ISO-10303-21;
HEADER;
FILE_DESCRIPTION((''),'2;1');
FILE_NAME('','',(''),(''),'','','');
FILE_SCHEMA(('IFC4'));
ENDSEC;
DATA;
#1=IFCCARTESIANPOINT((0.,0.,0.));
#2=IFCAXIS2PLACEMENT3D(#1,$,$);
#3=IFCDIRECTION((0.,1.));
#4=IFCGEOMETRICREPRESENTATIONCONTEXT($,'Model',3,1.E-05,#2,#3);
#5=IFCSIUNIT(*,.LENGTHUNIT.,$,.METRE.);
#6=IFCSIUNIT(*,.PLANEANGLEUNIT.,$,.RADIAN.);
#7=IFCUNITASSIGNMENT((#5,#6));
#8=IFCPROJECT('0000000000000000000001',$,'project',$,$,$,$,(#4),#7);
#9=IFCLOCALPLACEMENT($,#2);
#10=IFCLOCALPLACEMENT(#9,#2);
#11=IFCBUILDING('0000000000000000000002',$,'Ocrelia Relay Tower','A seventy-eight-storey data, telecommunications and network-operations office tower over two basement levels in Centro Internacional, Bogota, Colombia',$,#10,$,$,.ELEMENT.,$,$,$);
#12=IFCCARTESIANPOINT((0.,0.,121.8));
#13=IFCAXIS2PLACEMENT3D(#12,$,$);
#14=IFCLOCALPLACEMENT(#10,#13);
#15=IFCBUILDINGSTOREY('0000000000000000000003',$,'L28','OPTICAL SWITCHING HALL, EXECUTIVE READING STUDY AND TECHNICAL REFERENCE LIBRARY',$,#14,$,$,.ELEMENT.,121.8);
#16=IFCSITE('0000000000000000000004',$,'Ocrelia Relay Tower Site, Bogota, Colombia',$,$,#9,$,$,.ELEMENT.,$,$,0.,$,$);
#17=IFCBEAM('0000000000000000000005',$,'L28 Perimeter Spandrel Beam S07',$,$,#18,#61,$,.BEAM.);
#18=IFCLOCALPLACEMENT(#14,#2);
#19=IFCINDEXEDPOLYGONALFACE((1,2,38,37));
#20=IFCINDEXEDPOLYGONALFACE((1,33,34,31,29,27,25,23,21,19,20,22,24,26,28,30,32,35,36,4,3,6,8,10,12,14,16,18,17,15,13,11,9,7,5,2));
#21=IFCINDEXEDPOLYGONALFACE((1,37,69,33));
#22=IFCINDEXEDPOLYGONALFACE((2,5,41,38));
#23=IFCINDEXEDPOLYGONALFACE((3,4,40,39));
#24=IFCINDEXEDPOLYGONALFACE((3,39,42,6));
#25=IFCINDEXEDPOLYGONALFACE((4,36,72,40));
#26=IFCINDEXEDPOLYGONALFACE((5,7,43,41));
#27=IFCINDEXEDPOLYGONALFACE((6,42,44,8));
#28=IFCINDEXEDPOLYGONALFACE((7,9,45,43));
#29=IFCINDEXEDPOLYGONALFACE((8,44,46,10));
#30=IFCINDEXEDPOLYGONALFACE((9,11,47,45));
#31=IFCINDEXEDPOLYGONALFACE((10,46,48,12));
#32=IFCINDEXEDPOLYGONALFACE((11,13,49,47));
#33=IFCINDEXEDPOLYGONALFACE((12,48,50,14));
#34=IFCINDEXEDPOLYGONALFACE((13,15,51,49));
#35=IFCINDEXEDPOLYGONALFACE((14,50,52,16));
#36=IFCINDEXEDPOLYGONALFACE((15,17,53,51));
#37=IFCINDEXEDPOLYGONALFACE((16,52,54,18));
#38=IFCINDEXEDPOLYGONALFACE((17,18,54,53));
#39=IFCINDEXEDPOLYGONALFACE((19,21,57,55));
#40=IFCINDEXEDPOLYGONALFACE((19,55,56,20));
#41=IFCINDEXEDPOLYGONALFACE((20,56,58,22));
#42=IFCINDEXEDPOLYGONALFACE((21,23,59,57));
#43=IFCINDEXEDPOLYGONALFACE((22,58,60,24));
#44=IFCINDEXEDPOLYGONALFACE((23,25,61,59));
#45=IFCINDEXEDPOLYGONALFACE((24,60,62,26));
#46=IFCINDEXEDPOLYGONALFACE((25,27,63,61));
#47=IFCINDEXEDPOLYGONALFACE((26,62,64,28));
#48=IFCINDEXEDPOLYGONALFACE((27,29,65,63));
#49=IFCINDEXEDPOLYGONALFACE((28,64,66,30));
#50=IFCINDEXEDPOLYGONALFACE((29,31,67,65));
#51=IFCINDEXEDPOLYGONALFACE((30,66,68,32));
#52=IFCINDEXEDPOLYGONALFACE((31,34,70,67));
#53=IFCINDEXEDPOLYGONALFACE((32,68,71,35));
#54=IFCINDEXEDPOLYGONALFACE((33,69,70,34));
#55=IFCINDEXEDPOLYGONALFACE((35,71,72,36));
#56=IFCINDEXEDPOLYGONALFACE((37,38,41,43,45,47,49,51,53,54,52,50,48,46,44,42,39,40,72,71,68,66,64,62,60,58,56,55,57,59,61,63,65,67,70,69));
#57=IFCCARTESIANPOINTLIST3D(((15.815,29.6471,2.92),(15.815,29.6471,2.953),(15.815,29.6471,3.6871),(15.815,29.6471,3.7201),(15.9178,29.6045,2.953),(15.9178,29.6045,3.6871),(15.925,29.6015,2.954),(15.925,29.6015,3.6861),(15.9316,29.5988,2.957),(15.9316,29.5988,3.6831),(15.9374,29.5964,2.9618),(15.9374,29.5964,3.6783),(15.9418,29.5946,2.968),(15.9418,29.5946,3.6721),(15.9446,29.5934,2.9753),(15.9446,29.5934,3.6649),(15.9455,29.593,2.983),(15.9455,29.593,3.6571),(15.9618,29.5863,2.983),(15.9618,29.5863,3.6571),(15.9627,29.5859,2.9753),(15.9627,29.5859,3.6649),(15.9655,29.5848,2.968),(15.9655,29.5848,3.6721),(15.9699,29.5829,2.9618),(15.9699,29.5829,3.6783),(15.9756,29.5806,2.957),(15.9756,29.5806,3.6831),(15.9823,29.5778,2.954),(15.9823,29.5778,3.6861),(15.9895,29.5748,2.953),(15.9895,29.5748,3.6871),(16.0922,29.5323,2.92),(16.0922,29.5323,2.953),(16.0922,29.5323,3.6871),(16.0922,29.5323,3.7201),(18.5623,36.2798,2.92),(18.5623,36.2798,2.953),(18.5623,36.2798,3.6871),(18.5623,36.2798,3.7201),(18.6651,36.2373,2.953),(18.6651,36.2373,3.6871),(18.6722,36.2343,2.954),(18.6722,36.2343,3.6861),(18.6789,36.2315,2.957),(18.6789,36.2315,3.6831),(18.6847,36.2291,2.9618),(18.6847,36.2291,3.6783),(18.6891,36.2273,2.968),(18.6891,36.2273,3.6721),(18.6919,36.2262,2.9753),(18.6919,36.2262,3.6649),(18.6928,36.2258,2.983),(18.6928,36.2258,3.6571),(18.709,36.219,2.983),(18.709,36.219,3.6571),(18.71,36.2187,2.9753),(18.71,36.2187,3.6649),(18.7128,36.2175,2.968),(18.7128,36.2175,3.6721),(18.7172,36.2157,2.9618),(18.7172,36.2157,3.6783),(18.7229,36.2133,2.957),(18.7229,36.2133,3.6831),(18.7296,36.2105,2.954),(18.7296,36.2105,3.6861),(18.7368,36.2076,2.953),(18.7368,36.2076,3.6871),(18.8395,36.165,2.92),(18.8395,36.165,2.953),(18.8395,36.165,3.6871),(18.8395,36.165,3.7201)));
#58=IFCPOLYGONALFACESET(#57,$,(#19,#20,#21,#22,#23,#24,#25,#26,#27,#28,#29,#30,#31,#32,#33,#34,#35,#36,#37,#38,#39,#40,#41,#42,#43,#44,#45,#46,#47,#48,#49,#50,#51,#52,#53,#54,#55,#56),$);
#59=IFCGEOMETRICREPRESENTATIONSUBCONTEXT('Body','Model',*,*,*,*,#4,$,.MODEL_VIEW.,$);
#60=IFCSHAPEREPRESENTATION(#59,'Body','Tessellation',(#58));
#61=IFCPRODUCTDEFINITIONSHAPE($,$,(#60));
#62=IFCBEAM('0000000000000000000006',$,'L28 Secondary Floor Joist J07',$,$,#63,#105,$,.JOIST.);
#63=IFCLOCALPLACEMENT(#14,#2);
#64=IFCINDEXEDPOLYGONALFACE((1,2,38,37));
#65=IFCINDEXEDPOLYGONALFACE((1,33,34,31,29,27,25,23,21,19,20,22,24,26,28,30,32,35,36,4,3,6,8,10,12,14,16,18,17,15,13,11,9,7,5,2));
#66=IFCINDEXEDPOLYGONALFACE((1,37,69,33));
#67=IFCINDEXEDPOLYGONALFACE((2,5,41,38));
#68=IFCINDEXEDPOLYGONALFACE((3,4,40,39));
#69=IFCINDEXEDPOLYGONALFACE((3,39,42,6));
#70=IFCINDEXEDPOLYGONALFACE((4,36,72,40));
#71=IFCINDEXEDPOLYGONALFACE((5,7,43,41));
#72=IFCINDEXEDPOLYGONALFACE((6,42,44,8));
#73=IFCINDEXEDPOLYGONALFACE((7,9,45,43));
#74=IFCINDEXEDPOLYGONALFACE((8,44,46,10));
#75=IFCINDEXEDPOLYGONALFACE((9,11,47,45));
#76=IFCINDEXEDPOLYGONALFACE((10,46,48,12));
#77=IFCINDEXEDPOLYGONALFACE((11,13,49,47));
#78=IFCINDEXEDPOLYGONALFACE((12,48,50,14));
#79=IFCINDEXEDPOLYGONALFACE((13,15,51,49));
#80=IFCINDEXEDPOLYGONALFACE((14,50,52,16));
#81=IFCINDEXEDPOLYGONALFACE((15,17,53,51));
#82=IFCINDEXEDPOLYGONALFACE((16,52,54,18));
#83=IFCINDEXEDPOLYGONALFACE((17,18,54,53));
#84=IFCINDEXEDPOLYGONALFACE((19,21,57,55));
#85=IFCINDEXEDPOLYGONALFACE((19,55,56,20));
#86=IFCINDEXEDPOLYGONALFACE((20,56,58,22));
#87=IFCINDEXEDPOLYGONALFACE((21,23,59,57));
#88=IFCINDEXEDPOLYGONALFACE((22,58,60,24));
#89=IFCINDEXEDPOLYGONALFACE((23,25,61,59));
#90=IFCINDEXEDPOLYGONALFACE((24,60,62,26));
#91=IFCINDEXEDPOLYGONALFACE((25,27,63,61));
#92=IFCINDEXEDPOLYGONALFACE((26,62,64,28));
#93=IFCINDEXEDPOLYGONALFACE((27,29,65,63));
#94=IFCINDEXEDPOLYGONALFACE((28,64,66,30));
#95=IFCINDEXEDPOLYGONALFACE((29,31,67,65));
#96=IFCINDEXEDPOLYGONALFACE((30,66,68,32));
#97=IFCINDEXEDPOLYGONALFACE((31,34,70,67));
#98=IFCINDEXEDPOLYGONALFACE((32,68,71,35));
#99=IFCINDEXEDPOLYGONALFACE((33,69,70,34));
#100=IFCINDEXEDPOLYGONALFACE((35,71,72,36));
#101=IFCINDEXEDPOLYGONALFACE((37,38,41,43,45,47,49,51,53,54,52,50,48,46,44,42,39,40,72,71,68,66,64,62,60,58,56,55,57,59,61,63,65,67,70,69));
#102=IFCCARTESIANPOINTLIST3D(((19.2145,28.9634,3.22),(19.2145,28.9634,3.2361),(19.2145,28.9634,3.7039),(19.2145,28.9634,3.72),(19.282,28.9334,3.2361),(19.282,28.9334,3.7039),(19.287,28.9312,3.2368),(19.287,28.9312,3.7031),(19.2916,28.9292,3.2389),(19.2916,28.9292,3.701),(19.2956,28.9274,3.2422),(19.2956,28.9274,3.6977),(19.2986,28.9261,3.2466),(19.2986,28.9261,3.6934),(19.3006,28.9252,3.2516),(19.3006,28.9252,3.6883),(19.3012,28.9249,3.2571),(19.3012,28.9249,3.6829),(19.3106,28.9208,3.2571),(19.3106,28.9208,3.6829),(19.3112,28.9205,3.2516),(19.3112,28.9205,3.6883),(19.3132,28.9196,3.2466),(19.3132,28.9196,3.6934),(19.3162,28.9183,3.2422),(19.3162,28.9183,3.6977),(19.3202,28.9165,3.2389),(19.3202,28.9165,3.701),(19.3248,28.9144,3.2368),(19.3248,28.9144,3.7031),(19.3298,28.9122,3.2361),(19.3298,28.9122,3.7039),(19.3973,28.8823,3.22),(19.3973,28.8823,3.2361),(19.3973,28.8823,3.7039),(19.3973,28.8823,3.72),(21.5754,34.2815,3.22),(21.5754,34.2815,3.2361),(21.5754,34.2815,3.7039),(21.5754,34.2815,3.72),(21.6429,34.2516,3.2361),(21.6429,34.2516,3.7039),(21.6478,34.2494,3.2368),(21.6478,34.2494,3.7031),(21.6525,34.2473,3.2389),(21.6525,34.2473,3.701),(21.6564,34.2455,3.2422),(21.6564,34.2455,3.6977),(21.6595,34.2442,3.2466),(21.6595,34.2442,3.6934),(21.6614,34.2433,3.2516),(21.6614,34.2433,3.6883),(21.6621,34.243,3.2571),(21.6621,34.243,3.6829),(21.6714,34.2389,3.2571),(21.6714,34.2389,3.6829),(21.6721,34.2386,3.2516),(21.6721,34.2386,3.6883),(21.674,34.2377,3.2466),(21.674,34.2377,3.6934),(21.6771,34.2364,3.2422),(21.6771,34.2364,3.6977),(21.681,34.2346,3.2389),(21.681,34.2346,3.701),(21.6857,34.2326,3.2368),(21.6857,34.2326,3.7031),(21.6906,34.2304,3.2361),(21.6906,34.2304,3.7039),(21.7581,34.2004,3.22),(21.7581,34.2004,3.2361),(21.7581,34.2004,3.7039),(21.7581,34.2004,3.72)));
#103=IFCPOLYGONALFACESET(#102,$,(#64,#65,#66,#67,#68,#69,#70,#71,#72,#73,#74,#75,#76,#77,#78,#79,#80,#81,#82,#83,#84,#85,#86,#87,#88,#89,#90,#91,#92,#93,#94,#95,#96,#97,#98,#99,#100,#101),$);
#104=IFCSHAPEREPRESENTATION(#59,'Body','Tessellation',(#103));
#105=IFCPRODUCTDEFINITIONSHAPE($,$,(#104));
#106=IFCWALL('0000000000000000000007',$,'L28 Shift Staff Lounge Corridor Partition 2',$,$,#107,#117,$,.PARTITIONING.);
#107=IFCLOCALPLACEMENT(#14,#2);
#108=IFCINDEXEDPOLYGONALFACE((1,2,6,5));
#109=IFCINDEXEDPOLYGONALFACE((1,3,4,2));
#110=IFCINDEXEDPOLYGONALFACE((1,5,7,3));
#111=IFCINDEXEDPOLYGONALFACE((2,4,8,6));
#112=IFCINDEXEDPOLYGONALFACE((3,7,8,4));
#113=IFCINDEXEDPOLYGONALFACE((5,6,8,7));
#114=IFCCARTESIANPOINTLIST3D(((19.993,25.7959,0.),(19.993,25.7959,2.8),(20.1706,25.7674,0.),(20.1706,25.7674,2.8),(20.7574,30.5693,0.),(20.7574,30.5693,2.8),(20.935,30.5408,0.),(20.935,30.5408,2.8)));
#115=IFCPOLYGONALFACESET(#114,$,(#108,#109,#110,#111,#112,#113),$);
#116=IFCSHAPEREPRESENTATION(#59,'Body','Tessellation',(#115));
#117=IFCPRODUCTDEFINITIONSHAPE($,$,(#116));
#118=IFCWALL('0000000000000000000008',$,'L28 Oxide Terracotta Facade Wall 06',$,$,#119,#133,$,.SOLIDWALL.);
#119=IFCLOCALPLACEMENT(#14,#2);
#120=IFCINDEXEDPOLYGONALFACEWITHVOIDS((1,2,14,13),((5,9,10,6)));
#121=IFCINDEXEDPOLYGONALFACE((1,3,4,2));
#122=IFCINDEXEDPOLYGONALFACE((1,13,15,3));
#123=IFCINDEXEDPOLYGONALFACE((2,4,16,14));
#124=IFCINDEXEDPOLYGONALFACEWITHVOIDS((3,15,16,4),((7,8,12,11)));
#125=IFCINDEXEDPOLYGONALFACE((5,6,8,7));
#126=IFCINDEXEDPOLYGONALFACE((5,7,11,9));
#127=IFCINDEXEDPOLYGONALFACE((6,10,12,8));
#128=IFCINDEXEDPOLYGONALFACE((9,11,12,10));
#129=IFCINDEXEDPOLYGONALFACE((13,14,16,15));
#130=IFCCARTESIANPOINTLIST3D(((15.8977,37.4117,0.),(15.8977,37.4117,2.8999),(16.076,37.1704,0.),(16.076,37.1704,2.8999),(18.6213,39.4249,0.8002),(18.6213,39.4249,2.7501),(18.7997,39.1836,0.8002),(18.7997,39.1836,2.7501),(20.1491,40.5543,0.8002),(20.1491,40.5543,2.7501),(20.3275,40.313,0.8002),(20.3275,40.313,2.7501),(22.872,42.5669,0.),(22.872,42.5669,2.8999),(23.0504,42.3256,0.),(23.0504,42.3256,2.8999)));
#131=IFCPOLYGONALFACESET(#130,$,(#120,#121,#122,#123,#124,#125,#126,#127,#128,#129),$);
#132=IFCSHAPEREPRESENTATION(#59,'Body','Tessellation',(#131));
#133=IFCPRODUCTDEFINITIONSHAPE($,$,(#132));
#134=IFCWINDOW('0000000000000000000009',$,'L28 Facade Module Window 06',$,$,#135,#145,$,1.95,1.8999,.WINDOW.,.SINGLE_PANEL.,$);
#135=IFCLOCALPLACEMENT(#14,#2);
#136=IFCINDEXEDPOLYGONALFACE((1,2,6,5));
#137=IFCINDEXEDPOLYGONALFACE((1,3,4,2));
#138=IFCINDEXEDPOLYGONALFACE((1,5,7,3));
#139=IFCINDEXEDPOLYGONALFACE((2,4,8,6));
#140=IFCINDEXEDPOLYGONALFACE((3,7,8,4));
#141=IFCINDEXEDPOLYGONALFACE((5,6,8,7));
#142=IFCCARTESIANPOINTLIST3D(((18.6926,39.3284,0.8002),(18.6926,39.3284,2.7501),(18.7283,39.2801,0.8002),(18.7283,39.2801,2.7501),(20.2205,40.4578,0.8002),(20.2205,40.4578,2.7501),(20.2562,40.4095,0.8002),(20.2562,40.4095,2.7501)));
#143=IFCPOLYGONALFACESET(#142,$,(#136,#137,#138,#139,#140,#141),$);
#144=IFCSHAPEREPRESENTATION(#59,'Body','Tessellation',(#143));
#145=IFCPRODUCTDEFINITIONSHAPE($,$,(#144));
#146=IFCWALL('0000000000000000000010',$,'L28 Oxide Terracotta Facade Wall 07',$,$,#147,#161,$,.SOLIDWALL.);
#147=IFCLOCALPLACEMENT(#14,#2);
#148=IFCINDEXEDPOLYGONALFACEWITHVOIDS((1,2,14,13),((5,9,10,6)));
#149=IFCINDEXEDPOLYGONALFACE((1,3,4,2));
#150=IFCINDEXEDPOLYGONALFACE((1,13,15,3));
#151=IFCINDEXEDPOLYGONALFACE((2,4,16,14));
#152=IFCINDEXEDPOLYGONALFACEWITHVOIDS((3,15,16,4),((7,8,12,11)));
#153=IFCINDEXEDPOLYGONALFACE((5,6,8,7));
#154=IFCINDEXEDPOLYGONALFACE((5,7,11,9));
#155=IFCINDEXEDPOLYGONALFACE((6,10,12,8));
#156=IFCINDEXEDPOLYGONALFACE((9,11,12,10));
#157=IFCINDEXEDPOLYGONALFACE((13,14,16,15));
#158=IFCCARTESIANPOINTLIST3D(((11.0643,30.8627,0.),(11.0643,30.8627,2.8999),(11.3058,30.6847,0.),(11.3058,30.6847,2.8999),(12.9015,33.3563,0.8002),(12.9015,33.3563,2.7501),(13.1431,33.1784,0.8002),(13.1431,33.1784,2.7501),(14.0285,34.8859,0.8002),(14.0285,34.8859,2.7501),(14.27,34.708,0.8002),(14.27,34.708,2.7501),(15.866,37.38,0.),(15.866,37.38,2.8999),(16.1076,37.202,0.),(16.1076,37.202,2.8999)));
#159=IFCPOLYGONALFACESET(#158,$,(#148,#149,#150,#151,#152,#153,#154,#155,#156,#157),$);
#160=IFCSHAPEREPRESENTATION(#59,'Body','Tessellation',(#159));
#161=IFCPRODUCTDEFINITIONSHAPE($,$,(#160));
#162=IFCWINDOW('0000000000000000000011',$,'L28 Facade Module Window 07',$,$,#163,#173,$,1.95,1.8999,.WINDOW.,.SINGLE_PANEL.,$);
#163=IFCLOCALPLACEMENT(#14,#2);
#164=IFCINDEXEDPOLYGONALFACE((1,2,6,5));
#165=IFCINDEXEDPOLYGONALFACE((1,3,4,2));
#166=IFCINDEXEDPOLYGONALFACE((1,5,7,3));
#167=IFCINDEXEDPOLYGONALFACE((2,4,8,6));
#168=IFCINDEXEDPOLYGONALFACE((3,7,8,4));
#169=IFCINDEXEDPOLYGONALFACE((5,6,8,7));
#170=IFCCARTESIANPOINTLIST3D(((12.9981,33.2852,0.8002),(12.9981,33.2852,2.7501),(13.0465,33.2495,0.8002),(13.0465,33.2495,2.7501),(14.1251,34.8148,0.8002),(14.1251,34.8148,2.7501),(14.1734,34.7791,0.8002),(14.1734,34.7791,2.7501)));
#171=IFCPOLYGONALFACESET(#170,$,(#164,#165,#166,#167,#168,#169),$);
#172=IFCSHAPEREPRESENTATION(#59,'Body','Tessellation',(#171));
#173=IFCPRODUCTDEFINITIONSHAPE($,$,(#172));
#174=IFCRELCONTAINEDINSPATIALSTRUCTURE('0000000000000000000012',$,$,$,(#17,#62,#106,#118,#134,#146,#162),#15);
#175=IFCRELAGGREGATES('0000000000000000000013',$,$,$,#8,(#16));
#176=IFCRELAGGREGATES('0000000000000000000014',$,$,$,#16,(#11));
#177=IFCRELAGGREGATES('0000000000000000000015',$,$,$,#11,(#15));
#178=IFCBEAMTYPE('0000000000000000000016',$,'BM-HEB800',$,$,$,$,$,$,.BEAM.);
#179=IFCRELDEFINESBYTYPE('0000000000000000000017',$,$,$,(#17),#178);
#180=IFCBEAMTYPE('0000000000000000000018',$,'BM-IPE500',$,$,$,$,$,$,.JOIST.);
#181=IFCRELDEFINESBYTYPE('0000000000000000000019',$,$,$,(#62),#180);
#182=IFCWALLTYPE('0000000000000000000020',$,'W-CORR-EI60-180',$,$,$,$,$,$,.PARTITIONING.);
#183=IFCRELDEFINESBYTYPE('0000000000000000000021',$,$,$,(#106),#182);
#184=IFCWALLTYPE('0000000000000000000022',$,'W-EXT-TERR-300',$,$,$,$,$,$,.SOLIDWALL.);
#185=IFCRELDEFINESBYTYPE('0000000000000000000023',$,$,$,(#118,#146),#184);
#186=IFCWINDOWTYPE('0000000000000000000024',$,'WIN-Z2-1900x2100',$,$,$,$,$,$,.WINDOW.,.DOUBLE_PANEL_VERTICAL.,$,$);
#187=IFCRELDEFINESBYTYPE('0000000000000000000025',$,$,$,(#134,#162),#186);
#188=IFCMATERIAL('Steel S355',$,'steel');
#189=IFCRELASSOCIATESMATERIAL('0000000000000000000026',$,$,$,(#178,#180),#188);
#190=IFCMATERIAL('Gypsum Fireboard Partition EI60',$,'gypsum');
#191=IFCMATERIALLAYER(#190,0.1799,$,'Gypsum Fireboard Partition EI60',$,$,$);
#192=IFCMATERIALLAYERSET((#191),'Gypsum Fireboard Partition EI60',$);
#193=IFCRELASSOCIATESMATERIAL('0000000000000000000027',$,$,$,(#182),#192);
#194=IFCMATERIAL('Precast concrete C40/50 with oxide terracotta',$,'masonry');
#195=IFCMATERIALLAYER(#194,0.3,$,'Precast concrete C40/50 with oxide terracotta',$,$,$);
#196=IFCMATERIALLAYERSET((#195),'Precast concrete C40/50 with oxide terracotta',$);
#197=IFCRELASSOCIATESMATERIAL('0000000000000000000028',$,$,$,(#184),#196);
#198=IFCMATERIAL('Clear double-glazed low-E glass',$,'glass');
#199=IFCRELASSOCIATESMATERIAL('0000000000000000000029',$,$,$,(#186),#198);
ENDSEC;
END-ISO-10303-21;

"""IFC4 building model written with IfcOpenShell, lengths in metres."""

from ifc_helpers import new_model, si_unit, direction, frame, frame_2d, origin, origin_2d, place, context, subcontext, project, spatial, rectangle, i_section, extrude, material, layer, layer_set, material_profile, profile_set, type_object, element, fill, save


model = new_model("IFC4")

# Units and contexts
model_context = context("Model", 3, precision=1e-05, world=origin(), true_north=direction((0.0, 1.0)))
body_context = subcontext(model_context, "Body", "Model", "MODEL_VIEW")
ifc_project = project(units=[si_unit("LENGTHUNIT", "METRE"), si_unit("PLANEANGLEUNIT", "RADIAN")], contexts=[model_context])

# Site, building, storey
site_placement = place(None, origin())
site = spatial("IfcSite", under=ifc_project, at=site_placement, Name="Ocrelia Relay Tower Site, Bogota, Colombia", CompositionType="ELEMENT", RefElevation=0.0)
building_placement = place(site_placement, origin())
building = spatial("IfcBuilding", under=site, at=building_placement, Name="Ocrelia Relay Tower", Description="A seventy-eight-storey data, telecommunications and network-operations office tower over two basement levels in Centro Internacional, Bogota, Colombia", CompositionType="ELEMENT")
storey_placement = place(building_placement, frame((0.0, 0.0, 121.8)))
storey = spatial("IfcBuildingStorey", under=building, at=storey_placement, Name="L28", Description="OPTICAL SWITCHING HALL, EXECUTIVE READING STUDY AND TECHNICAL REFERENCE LIBRARY", CompositionType="ELEMENT", Elevation=121.8)

# Beams
ifc_material_1 = material(Name="Steel S355", Category="steel")
ifc_material_profile_1 = material_profile(ifc_material_1, i_section(OverallWidth=0.3, OverallDepth=0.8, WebThickness=0.0176, FlangeThickness=0.033, FilletRadius=0.03, at=origin_2d()), Name="HEB 800")
ifc_profile_set_1 = profile_set([ifc_material_profile_1], Name="Steel S355")
beam_type_1 = type_object("IfcBeamType", Name="BM-HEB800", PredefinedType="BEAM", material=ifc_profile_set_1)
beam_1_placement = place(storey_placement, frame((18.7009, 36.2224, 3.3201), z_axis=(-0.382673, -0.923884, 0.0), x_axis=(0.923884, -0.382673, 0.0)))
element("IfcBeam", 1, at=beam_1_placement, inside=storey, type_object=beam_type_1, Name="L28 Perimeter Spandrel Beam S07", PredefinedType="BEAM", context=body_context, shape_type="SweptSolid", body=[
    extrude(i_section(OverallWidth=0.3, OverallDepth=0.8, WebThickness=0.0176, FlangeThickness=0.033, FilletRadius=0.03, at=origin_2d()), origin(), (0.0, 0.0, 1.0), 7.1792),
])
ifc_material_profile_2 = material_profile(ifc_material_1, i_section(OverallWidth=0.2, OverallDepth=0.5, WebThickness=0.0103, FlangeThickness=0.0161, FilletRadius=0.021, at=origin_2d()), Name="IPE 500")
ifc_profile_set_2 = profile_set([ifc_material_profile_2], Name="Steel S355")
beam_type_2 = type_object("IfcBeamType", Name="BM-IPE500", PredefinedType="JOIST", material=ifc_profile_set_2)
beam_2_placement = place(storey_placement, frame((21.6667, 34.241, 3.47), z_axis=(-0.405741, -0.913988, 0.0), x_axis=(0.913988, -0.405741, 0.0)))
element("IfcBeam", 2, at=beam_2_placement, inside=storey, type_object=beam_type_2, Name="L28 Secondary Floor Joist J07", PredefinedType="JOIST", context=body_context, shape_type="SweptSolid", body=[
    extrude(i_section(OverallWidth=0.2, OverallDepth=0.5, WebThickness=0.0103, FlangeThickness=0.0161, FilletRadius=0.021, at=origin_2d()), origin(), (0.0, 0.0, 1.0), 5.8186),
])

# Wall
ifc_material_2 = material(Name="Gypsum Fireboard Partition EI60", Category="gypsum")
ifc_layer_1 = layer(ifc_material_2, 0.1799, Name="Gypsum Fireboard Partition EI60")
ifc_layer_set_1 = layer_set([ifc_layer_1], Name="Gypsum Fireboard Partition EI60")
wall_type_1 = type_object("IfcWallType", Name="W-CORR-EI60-180", PredefinedType="PARTITIONING", material=ifc_layer_set_1)
wall_1_placement = place(storey_placement, frame((20.8462, 30.5549, 0.0), z_axis=(0.0, 0.0, 1.0), x_axis=(-0.158122, -0.98742, 0.0)))
element("IfcWall", 3, at=wall_1_placement, inside=storey, type_object=wall_type_1, Name="L28 Shift Staff Lounge Corridor Partition 2", PredefinedType="PARTITIONING", context=body_context, shape_type="SweptSolid", body=[
    extrude(rectangle(XDim=4.8342, YDim=0.1799, at=frame_2d((2.417, 0.0))), origin(), (0.0, 0.0, 1.0), 2.8),
])

# Walls, openings, windows
ifc_material_3 = material(Name="Precast concrete C40/50 with oxide terracotta", Category="masonry")
ifc_layer_2 = layer(ifc_material_3, 0.3, Name="Precast concrete C40/50 with oxide terracotta")
ifc_layer_set_2 = layer_set([ifc_layer_2], Name="Precast concrete C40/50 with oxide terracotta")
wall_type_2 = type_object("IfcWallType", Name="W-EXT-TERR-300", PredefinedType="SOLIDWALL", material=ifc_layer_set_2)
wall_2_placement = place(storey_placement, frame((22.9612, 42.4463, 0.0), z_axis=(0.0, 0.0, 1.0), x_axis=(-0.804159, -0.594414, 0.0)))
wall_2 = element("IfcWall", 4, at=wall_2_placement, inside=storey, type_object=wall_type_2, Name="L28 Oxide Terracotta Facade Wall 06", PredefinedType="SOLIDWALL", context=body_context, shape_type="SweptSolid", body=[
    extrude(rectangle(XDim=8.6729, YDim=0.3, at=frame_2d((4.3364, 0.0))), origin(), (0.0, 0.0, 1.0), 2.8999),
])
opening_1_placement = place(wall_2_placement, frame((3.386, 0.0, 0.8)))
opening_1 = element("IfcOpeningElement", 5, at=opening_1_placement, cuts=wall_2, PredefinedType="OPENING", context=body_context, shape_type="SweptSolid", body=[
    extrude(rectangle(XDim=1.8999, YDim=1.95, at=frame_2d((0.95, 0.9751))), frame((0.0, 0.1602, 0.0), z_axis=(0.0, -1.0, 0.0), x_axis=(1.0, 0.0, 0.0)), (0.0, 0.0, 1.0), 0.3201),
])
ifc_material_4 = material(Name="Clear double-glazed low-E glass", Category="glass")
window_type = type_object("IfcWindowType", Name="WIN-Z2-1900x2100", PartitioningType="DOUBLE_PANEL_VERTICAL", PredefinedType="WINDOW", material=ifc_material_4)
window_1_placement = place(opening_1_placement, origin())
window_1 = element("IfcWindow", 6, at=window_1_placement, inside=storey, type_object=window_type, Name="L28 Facade Module Window 06", OverallHeight=1.95, OverallWidth=1.8999, PartitioningType="SINGLE_PANEL", PredefinedType="WINDOW", context=body_context, shape_type="SweptSolid", body=[
    extrude(rectangle(XDim=1.8999, YDim=1.95, at=frame_2d((0.95, 0.9751))), frame((0.0, 0.03, 0.0), z_axis=(0.0, -1.0, 0.0), x_axis=(1.0, 0.0, 0.0)), (0.0, 0.0, 1.0), 0.0601),
])
fill(opening_1, window_1)
wall_3_placement = place(storey_placement, frame((15.9868, 37.291, 0.0), z_axis=(0.0, 0.0, 1.0), x_axis=(-0.59316, -0.805085, 0.0)))
wall_3 = element("IfcWall", 7, at=wall_3_placement, inside=storey, type_object=wall_type_2, Name="L28 Oxide Terracotta Facade Wall 07", PredefinedType="SOLIDWALL", context=body_context, shape_type="SweptSolid", body=[
    extrude(rectangle(XDim=8.0952, YDim=0.3, at=frame_2d((4.0476, 0.0))), origin(), (0.0, 0.0, 1.0), 2.8999),
])
opening_2_placement = place(wall_3_placement, frame((3.0979, 0.0, 0.8)))
opening_2 = element("IfcOpeningElement", 8, at=opening_2_placement, cuts=wall_3, PredefinedType="OPENING", context=body_context, shape_type="SweptSolid", body=[
    extrude(rectangle(XDim=1.8999, YDim=1.95, at=frame_2d((0.95, 0.9751))), frame((0.0, 0.1602, 0.0), z_axis=(0.0, -1.0, 0.0), x_axis=(1.0, 0.0, 0.0)), (0.0, 0.0, 1.0), 0.3201),
])
window_2_placement = place(opening_2_placement, origin())
window_2 = element("IfcWindow", 9, at=window_2_placement, inside=storey, type_object=window_type, Name="L28 Facade Module Window 07", OverallHeight=1.95, OverallWidth=1.8999, PartitioningType="SINGLE_PANEL", PredefinedType="WINDOW", context=body_context, shape_type="SweptSolid", body=[
    extrude(rectangle(XDim=1.8999, YDim=1.95, at=frame_2d((0.95, 0.9751))), frame((0.0, 0.03, 0.0), z_axis=(0.0, -1.0, 0.0), x_axis=(1.0, 0.0, 0.0)), (0.0, 0.0, 1.0), 0.0601),
])
fill(opening_2, window_2)

save(model, "model.ifc")
